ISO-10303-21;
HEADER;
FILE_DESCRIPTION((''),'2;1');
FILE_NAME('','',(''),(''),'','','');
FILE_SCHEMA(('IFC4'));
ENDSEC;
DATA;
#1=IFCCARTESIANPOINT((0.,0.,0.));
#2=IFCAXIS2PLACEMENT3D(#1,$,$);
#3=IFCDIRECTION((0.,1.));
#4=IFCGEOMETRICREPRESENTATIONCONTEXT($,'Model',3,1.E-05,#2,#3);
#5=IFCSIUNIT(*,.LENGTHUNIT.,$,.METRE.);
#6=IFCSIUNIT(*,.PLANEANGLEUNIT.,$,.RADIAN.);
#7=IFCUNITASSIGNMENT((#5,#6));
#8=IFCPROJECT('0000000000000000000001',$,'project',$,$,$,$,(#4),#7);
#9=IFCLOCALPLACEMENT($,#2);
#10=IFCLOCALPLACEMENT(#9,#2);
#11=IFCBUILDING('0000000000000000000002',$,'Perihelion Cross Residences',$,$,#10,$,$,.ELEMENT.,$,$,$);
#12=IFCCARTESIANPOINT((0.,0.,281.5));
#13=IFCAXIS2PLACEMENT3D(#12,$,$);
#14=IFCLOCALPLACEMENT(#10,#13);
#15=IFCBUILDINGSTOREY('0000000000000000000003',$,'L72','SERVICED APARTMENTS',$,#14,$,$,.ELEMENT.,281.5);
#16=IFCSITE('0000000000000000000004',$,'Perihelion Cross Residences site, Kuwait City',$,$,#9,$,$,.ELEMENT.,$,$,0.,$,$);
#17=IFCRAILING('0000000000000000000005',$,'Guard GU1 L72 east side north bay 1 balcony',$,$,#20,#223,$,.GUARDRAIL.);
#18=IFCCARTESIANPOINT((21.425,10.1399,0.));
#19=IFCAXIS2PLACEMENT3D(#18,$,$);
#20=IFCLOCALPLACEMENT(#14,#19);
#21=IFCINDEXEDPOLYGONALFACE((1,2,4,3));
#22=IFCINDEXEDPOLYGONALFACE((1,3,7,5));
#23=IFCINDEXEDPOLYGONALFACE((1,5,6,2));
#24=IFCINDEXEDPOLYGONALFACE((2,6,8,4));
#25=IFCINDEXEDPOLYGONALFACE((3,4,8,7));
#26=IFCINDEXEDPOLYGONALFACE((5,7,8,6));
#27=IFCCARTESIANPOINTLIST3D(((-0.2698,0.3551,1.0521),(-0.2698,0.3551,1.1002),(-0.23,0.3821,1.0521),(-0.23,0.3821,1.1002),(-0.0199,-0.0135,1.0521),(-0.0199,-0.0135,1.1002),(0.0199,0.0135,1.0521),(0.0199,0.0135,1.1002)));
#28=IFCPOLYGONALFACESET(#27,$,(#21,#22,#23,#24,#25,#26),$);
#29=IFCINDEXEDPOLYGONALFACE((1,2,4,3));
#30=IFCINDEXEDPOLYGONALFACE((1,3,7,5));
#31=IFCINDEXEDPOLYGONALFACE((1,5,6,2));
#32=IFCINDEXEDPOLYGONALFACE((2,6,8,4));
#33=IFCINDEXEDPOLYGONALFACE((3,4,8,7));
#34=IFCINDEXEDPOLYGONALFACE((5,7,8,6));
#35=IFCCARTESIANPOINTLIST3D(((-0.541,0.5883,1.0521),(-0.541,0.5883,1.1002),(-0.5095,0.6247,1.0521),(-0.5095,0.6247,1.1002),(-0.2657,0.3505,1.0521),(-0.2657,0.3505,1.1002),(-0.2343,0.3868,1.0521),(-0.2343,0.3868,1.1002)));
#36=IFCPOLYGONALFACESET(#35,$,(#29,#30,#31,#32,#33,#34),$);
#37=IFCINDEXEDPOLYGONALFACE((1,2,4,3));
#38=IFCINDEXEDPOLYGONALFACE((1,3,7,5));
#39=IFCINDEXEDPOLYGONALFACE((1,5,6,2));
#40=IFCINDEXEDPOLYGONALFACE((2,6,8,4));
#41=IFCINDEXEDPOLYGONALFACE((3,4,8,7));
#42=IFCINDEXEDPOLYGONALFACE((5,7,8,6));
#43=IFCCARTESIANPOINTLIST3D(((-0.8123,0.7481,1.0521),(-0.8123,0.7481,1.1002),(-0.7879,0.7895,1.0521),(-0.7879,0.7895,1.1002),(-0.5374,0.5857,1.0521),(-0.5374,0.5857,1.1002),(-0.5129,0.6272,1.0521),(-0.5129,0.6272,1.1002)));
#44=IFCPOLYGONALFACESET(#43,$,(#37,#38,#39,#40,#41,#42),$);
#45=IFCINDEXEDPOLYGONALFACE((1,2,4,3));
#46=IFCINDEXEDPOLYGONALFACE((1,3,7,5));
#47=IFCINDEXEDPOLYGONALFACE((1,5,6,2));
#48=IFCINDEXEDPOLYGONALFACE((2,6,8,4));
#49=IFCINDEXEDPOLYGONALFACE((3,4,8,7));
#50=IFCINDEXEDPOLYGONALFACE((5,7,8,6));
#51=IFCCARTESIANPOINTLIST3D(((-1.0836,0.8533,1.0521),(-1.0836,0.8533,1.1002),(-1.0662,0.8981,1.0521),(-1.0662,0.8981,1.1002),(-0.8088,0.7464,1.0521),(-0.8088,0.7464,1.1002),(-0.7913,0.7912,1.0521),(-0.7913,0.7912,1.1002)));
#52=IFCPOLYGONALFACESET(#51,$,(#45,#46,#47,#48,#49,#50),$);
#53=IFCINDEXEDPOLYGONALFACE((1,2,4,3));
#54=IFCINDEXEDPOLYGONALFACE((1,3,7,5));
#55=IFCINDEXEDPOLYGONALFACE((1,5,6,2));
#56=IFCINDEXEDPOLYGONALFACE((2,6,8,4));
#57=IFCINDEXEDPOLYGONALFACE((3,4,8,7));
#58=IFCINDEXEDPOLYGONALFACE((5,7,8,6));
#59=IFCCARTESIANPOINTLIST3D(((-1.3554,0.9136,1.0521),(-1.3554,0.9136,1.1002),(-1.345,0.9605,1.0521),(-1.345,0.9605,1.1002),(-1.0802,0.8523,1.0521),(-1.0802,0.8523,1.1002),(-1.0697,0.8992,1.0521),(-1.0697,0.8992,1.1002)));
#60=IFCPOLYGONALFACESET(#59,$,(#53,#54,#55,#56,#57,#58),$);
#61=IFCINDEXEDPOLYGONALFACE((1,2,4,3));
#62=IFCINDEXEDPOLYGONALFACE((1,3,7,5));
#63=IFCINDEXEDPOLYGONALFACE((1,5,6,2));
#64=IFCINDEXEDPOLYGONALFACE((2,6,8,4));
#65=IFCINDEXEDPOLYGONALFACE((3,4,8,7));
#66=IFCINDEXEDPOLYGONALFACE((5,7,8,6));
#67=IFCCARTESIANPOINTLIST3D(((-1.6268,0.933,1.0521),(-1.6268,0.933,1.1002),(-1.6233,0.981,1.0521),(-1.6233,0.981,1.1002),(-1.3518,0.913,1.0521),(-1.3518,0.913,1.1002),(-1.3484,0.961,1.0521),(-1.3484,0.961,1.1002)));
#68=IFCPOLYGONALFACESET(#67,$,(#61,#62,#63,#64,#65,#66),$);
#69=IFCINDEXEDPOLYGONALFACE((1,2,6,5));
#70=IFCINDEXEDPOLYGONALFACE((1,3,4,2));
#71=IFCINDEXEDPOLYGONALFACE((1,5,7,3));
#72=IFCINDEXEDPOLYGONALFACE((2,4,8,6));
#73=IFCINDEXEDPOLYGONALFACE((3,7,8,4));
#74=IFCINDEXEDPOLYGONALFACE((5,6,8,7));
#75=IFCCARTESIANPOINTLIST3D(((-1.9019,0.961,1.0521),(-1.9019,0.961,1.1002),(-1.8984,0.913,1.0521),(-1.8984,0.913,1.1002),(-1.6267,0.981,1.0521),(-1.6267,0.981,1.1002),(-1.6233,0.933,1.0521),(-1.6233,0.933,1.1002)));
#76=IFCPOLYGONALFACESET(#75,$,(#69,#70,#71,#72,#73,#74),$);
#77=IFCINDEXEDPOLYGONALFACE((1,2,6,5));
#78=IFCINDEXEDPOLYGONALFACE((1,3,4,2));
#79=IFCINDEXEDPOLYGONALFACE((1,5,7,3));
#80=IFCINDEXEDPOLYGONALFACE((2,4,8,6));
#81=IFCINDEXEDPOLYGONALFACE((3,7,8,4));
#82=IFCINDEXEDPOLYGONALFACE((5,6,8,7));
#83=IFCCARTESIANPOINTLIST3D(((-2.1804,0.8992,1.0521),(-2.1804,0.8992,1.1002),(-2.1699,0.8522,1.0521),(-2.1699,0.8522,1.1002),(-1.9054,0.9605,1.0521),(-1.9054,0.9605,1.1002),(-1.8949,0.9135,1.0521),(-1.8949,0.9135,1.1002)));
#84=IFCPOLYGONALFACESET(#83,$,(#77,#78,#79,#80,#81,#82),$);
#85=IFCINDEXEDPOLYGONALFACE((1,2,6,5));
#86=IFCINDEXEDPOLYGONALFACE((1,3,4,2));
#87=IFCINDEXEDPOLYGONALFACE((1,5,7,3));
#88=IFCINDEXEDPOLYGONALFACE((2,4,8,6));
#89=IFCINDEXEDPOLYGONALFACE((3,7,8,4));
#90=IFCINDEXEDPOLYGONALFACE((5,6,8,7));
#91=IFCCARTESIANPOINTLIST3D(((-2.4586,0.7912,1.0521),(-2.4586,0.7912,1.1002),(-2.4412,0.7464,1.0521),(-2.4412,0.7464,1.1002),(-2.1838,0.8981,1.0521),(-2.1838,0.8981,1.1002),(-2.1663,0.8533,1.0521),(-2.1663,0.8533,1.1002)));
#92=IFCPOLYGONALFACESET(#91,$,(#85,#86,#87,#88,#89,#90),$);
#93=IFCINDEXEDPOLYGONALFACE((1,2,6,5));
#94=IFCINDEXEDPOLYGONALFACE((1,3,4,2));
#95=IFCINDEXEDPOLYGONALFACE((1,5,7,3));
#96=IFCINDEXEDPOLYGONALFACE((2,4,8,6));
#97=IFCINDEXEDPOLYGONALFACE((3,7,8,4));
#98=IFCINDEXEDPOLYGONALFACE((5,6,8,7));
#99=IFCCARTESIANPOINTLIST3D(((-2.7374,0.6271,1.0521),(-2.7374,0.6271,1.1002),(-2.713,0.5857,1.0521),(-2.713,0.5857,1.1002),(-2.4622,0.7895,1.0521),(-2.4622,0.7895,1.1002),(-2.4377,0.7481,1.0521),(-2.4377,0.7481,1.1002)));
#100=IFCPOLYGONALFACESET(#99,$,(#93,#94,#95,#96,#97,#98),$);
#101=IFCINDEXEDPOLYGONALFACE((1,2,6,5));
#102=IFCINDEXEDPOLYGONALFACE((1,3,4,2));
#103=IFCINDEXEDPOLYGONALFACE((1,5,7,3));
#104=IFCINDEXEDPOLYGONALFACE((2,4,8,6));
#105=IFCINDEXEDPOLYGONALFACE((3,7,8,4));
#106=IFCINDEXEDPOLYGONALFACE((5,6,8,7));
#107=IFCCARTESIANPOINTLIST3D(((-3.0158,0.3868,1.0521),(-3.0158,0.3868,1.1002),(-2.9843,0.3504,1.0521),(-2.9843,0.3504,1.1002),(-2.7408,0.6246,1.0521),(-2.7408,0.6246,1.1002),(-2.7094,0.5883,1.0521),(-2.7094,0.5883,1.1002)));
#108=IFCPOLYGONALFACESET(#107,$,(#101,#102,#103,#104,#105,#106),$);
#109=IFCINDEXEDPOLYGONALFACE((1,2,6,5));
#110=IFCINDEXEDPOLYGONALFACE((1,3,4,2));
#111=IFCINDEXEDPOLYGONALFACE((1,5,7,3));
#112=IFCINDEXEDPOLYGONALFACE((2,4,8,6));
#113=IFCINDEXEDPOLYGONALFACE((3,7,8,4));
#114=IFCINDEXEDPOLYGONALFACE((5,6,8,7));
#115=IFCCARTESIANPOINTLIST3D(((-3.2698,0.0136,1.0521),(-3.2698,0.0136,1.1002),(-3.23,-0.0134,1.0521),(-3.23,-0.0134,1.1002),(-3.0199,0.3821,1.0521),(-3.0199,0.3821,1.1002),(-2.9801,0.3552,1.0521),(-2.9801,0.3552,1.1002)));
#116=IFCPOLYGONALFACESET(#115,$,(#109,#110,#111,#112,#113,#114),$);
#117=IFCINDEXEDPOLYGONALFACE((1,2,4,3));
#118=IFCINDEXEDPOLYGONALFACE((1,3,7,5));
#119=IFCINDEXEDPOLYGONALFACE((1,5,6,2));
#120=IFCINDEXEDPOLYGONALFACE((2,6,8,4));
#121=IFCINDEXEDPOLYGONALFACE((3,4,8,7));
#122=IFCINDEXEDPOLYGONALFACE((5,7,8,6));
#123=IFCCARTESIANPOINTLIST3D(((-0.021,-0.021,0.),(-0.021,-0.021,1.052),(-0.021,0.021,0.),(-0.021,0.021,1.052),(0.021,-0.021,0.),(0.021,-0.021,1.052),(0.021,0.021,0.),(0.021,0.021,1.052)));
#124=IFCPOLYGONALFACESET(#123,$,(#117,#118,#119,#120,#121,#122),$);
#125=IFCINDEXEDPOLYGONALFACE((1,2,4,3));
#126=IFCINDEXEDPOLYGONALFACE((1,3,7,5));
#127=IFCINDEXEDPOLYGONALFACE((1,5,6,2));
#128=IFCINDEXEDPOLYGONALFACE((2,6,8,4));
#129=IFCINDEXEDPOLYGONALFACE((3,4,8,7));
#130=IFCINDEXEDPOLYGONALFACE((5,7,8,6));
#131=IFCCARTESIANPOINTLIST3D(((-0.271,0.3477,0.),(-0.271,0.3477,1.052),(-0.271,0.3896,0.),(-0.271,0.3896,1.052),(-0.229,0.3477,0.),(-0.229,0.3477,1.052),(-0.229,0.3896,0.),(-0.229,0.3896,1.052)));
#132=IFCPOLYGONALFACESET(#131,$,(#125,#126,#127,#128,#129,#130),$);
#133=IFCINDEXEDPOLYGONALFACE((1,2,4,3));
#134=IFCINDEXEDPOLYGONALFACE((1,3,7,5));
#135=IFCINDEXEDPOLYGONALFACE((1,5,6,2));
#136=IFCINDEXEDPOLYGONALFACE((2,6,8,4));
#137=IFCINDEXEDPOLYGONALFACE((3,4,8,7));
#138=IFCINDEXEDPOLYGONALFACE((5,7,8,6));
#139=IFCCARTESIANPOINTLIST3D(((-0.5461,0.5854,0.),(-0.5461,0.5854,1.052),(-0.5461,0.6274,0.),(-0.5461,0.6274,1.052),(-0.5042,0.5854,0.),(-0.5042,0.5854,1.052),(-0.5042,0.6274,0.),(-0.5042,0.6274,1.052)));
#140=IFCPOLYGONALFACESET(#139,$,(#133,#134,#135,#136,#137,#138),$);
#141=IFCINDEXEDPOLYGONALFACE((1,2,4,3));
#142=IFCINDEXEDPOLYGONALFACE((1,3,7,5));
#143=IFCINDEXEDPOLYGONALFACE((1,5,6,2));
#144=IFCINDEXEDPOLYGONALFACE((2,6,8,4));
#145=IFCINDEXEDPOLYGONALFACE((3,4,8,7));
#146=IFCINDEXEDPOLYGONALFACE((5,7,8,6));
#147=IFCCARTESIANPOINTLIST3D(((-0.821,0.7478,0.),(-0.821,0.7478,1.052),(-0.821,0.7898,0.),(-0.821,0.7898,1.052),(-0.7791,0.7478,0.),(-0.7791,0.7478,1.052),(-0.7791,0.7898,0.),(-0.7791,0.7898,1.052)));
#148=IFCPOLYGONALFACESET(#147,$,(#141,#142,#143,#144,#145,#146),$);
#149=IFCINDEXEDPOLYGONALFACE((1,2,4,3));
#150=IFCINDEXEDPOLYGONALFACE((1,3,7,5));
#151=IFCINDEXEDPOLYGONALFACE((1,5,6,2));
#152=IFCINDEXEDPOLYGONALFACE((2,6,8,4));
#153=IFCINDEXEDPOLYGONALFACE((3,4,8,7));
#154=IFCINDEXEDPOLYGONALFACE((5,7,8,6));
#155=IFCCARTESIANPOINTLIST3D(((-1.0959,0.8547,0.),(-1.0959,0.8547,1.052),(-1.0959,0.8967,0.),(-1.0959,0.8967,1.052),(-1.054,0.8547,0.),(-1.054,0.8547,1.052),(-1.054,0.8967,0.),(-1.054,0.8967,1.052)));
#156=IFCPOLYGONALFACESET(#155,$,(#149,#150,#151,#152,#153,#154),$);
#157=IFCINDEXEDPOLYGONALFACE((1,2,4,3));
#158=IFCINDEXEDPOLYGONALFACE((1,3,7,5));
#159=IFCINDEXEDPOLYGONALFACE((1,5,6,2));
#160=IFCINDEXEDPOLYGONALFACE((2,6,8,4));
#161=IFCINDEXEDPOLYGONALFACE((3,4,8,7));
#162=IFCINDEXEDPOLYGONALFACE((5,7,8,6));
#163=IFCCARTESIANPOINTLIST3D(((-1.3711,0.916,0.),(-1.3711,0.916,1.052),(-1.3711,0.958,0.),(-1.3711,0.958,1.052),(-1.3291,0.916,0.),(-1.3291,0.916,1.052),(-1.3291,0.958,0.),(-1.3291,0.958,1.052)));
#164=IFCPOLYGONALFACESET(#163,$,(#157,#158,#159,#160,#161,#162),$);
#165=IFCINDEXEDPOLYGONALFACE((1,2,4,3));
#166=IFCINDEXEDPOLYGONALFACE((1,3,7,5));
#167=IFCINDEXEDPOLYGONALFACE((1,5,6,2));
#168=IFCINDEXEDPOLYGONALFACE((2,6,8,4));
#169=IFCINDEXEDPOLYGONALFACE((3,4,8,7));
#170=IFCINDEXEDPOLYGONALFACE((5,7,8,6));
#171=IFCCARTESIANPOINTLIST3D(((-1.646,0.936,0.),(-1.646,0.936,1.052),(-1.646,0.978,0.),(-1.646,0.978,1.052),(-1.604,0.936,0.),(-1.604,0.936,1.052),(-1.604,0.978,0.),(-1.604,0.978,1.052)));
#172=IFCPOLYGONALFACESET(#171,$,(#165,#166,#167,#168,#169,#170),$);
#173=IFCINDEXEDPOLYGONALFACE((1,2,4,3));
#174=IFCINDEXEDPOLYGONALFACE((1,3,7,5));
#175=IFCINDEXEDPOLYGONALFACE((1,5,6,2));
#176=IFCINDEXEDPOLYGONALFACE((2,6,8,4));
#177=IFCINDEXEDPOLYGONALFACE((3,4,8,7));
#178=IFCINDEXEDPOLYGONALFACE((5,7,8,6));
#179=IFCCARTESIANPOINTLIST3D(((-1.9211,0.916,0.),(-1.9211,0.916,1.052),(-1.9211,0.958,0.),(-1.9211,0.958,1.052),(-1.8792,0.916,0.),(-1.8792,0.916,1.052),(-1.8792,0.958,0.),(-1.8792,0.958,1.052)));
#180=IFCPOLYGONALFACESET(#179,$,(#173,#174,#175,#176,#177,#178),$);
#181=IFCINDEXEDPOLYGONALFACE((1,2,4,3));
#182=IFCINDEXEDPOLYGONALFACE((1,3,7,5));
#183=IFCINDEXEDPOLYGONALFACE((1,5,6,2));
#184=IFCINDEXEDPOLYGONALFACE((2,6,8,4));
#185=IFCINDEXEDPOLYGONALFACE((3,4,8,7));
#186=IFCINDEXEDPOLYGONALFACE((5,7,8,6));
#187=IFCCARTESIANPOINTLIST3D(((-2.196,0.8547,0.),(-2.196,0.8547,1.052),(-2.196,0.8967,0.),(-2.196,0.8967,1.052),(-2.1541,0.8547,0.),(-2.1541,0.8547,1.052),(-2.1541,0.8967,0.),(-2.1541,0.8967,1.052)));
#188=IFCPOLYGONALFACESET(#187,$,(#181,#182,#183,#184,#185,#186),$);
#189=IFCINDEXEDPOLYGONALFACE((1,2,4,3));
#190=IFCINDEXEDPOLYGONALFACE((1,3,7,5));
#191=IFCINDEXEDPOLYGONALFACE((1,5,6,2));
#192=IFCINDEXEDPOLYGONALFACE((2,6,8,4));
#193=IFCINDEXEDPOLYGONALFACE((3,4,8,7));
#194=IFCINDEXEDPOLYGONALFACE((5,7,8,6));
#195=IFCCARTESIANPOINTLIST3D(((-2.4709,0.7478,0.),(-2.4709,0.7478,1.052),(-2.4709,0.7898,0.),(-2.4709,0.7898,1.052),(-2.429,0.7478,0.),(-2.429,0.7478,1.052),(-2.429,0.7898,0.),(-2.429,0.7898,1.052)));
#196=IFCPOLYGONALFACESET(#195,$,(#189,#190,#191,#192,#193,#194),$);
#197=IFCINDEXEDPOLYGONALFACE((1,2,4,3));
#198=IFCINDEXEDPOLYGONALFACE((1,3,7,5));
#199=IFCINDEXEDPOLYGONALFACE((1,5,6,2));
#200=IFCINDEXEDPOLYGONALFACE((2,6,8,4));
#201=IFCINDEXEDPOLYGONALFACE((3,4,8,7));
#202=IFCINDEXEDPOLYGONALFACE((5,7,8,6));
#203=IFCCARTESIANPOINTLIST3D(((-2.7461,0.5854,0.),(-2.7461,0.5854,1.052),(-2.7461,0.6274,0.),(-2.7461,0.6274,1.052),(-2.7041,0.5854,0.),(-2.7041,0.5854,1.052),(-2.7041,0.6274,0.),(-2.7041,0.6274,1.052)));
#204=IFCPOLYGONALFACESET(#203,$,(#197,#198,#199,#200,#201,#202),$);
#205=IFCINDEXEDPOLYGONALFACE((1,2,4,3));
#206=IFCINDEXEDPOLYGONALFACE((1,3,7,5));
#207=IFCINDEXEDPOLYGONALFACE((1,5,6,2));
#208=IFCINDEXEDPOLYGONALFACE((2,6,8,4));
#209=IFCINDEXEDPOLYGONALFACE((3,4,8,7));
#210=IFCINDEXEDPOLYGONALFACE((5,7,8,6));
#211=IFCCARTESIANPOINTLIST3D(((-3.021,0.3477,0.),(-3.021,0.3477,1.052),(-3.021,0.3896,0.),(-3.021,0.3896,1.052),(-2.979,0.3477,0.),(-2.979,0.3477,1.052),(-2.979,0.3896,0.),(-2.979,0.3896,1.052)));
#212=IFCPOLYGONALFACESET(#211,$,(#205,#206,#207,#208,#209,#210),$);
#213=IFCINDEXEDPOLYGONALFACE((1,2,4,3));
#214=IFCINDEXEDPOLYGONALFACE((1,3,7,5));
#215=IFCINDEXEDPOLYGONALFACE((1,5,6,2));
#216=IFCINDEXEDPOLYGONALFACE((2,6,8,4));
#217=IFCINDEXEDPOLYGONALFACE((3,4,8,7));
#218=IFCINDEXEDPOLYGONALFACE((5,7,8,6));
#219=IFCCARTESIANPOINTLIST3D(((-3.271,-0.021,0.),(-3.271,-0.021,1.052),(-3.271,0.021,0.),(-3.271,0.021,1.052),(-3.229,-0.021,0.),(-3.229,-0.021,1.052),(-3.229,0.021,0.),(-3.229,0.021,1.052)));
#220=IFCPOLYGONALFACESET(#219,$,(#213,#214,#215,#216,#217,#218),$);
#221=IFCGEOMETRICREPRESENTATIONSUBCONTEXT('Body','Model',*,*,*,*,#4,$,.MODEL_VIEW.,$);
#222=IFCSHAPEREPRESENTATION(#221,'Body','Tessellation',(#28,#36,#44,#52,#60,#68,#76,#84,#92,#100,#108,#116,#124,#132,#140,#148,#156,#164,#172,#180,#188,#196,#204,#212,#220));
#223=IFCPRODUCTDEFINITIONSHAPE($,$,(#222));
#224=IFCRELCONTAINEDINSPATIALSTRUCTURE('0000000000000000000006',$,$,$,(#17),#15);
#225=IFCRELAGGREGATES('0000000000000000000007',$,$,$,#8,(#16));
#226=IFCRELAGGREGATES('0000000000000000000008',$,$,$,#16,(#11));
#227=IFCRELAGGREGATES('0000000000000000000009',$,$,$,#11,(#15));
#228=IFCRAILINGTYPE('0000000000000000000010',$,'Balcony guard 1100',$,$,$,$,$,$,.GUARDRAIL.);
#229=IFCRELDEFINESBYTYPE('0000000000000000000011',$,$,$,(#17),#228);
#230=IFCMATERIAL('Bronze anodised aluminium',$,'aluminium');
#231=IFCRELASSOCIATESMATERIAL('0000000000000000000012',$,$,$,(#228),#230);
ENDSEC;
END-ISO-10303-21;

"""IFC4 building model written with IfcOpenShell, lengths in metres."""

from ifc_helpers import new_model, si_unit, direction, frame, origin, origin_2d, place, context, subcontext, project, spatial, rectangle, extrude, material, type_object, element, save


model = new_model("IFC4")

# Units and contexts
model_context = context("Model", 3, precision=1e-05, world=origin(), true_north=direction((0.0, 1.0)))
body_context = subcontext(model_context, "Body", "Model", "MODEL_VIEW")
ifc_project = project(units=[si_unit("LENGTHUNIT", "METRE"), si_unit("PLANEANGLEUNIT", "RADIAN")], contexts=[model_context])

# Site, building, storey
site_placement = place(None, origin())
site = spatial("IfcSite", under=ifc_project, at=site_placement, Name="Perihelion Cross Residences site, Kuwait City", CompositionType="ELEMENT", RefElevation=0.0)
building_placement = place(site_placement, origin())
building = spatial("IfcBuilding", under=site, at=building_placement, Name="Perihelion Cross Residences", CompositionType="ELEMENT")
storey_placement = place(building_placement, frame((0.0, 0.0, 281.5)))
storey = spatial("IfcBuildingStorey", under=building, at=storey_placement, Name="L72", Description="SERVICED APARTMENTS", CompositionType="ELEMENT", Elevation=281.5)

# Railing
ifc_material_1 = material(Name="Bronze anodised aluminium", Category="aluminium")
railing_type = type_object("IfcRailingType", Name="Balcony guard 1100", PredefinedType="GUARDRAIL", material=ifc_material_1)
railing_1_placement = place(storey_placement, frame((21.425, 10.1399, 0.0)))
element("IfcRailing", 1, at=railing_1_placement, inside=storey, type_object=railing_type, Name="Guard GU1 L72 east side north bay 1 balcony", PredefinedType="GUARDRAIL", context=body_context, shape_type="SweptSolid", body=[
    extrude(rectangle(XDim=0.0481, YDim=0.0481, at=origin_2d()), frame((0.0, 0.0, 1.0762), z_axis=(-0.56126, 0.827639, 0.0), x_axis=(-0.827639, -0.56126, 0.0)), (0.0, 0.0, 1.0), 0.4453),
    extrude(rectangle(XDim=0.0481, YDim=0.0481, at=origin_2d()), frame((-0.25, 0.3687, 1.0762), z_axis=(-0.756597, 0.653882, 0.0), x_axis=(-0.653882, -0.756597, 0.0)), (0.0, 0.0, 1.0), 0.3638),
    extrude(rectangle(XDim=0.0481, YDim=0.0481, at=origin_2d()), frame((-0.5251, 0.6064, 1.0762), z_axis=(-0.861048, 0.508523, 0.0), x_axis=(-0.508523, -0.861048, 0.0)), (0.0, 0.0, 1.0), 0.3193),
    extrude(rectangle(XDim=0.0481, YDim=0.0481, at=origin_2d()), frame((-0.8, 0.7688, 1.0762), z_axis=(-0.931974, 0.362526, 0.0), x_axis=(-0.362526, -0.931974, 0.0)), (0.0, 0.0, 1.0), 0.2949),
    extrude(rectangle(XDim=0.0481, YDim=0.0481, at=origin_2d()), frame((-1.075, 0.8757, 1.0762), z_axis=(-0.976085, 0.217389, 0.0), x_axis=(-0.217389, -0.976085, 0.0)), (0.0, 0.0, 1.0), 0.282),
    extrude(rectangle(XDim=0.0481, YDim=0.0481, at=origin_2d()), frame((-1.3501, 0.937, 1.0762), z_axis=(-0.997359, 0.072632, 0.0), x_axis=(-0.072632, -0.997359, 0.0)), (0.0, 0.0, 1.0), 0.2756),
    extrude(rectangle(XDim=0.0481, YDim=0.0481, at=origin_2d()), frame((-1.625, 0.957, 1.0762), z_axis=(-0.997363, -0.072568, 0.0), x_axis=(0.072568, -0.997363, 0.0)), (0.0, 0.0, 1.0), 0.2759),
    extrude(rectangle(XDim=0.0481, YDim=0.0481, at=origin_2d()), frame((-1.9001, 0.937, 1.0762), z_axis=(-0.976044, -0.217573, 0.0), x_axis=(0.217573, -0.976044, 0.0)), (0.0, 0.0, 1.0), 0.2817),
    extrude(rectangle(XDim=0.0481, YDim=0.0481, at=origin_2d()), frame((-2.175, 0.8757, 1.0762), z_axis=(-0.931974, -0.362526, 0.0), x_axis=(0.362526, -0.931974, 0.0)), (0.0, 0.0, 1.0), 0.2949),
    extrude(rectangle(XDim=0.0481, YDim=0.0481, at=origin_2d()), frame((-2.45, 0.7688, 1.0762), z_axis=(-0.861246, -0.508189, 0.0), x_axis=(0.508189, -0.861246, 0.0)), (0.0, 0.0, 1.0), 0.3196),
    extrude(rectangle(XDim=0.0481, YDim=0.0481, at=origin_2d()), frame((-2.7251, 0.6064, 1.0762), z_axis=(-0.756309, -0.654214, 0.0), x_axis=(0.654214, -0.756309, 0.0)), (0.0, 0.0, 1.0), 0.3635),
    extrude(rectangle(XDim=0.0481, YDim=0.0481, at=origin_2d()), frame((-3.0, 0.3687, 1.0762), z_axis=(-0.56126, -0.827639, 0.0), x_axis=(0.827639, -0.56126, 0.0)), (0.0, 0.0, 1.0), 0.4453),
    extrude(rectangle(XDim=0.042, YDim=0.042, at=origin_2d()), origin(), (0.0, 0.0, 1.0), 1.052),
    extrude(rectangle(XDim=0.042, YDim=0.042, at=origin_2d()), frame((-0.25, 0.3687, 0.0)), (0.0, 0.0, 1.0), 1.052),
    extrude(rectangle(XDim=0.042, YDim=0.042, at=origin_2d()), frame((-0.5251, 0.6064, 0.0)), (0.0, 0.0, 1.0), 1.052),
    extrude(rectangle(XDim=0.042, YDim=0.042, at=origin_2d()), frame((-0.8, 0.7688, 0.0)), (0.0, 0.0, 1.0), 1.052),
    extrude(rectangle(XDim=0.042, YDim=0.042, at=origin_2d()), frame((-1.075, 0.8757, 0.0)), (0.0, 0.0, 1.0), 1.052),
    extrude(rectangle(XDim=0.042, YDim=0.042, at=origin_2d()), frame((-1.3501, 0.937, 0.0)), (0.0, 0.0, 1.0), 1.052),
    extrude(rectangle(XDim=0.042, YDim=0.042, at=origin_2d()), frame((-1.625, 0.957, 0.0)), (0.0, 0.0, 1.0), 1.052),
    extrude(rectangle(XDim=0.042, YDim=0.042, at=origin_2d()), frame((-1.9001, 0.937, 0.0)), (0.0, 0.0, 1.0), 1.052),
    extrude(rectangle(XDim=0.042, YDim=0.042, at=origin_2d()), frame((-2.175, 0.8757, 0.0)), (0.0, 0.0, 1.0), 1.052),
    extrude(rectangle(XDim=0.042, YDim=0.042, at=origin_2d()), frame((-2.45, 0.7688, 0.0)), (0.0, 0.0, 1.0), 1.052),
    extrude(rectangle(XDim=0.042, YDim=0.042, at=origin_2d()), frame((-2.7251, 0.6064, 0.0)), (0.0, 0.0, 1.0), 1.052),
    extrude(rectangle(XDim=0.042, YDim=0.042, at=origin_2d()), frame((-3.0, 0.3687, 0.0)), (0.0, 0.0, 1.0), 1.052),
    extrude(rectangle(XDim=0.042, YDim=0.042, at=origin_2d()), frame((-3.25, 0.0, 0.0)), (0.0, 0.0, 1.0), 1.052),
])

save(model, "model.ifc")
